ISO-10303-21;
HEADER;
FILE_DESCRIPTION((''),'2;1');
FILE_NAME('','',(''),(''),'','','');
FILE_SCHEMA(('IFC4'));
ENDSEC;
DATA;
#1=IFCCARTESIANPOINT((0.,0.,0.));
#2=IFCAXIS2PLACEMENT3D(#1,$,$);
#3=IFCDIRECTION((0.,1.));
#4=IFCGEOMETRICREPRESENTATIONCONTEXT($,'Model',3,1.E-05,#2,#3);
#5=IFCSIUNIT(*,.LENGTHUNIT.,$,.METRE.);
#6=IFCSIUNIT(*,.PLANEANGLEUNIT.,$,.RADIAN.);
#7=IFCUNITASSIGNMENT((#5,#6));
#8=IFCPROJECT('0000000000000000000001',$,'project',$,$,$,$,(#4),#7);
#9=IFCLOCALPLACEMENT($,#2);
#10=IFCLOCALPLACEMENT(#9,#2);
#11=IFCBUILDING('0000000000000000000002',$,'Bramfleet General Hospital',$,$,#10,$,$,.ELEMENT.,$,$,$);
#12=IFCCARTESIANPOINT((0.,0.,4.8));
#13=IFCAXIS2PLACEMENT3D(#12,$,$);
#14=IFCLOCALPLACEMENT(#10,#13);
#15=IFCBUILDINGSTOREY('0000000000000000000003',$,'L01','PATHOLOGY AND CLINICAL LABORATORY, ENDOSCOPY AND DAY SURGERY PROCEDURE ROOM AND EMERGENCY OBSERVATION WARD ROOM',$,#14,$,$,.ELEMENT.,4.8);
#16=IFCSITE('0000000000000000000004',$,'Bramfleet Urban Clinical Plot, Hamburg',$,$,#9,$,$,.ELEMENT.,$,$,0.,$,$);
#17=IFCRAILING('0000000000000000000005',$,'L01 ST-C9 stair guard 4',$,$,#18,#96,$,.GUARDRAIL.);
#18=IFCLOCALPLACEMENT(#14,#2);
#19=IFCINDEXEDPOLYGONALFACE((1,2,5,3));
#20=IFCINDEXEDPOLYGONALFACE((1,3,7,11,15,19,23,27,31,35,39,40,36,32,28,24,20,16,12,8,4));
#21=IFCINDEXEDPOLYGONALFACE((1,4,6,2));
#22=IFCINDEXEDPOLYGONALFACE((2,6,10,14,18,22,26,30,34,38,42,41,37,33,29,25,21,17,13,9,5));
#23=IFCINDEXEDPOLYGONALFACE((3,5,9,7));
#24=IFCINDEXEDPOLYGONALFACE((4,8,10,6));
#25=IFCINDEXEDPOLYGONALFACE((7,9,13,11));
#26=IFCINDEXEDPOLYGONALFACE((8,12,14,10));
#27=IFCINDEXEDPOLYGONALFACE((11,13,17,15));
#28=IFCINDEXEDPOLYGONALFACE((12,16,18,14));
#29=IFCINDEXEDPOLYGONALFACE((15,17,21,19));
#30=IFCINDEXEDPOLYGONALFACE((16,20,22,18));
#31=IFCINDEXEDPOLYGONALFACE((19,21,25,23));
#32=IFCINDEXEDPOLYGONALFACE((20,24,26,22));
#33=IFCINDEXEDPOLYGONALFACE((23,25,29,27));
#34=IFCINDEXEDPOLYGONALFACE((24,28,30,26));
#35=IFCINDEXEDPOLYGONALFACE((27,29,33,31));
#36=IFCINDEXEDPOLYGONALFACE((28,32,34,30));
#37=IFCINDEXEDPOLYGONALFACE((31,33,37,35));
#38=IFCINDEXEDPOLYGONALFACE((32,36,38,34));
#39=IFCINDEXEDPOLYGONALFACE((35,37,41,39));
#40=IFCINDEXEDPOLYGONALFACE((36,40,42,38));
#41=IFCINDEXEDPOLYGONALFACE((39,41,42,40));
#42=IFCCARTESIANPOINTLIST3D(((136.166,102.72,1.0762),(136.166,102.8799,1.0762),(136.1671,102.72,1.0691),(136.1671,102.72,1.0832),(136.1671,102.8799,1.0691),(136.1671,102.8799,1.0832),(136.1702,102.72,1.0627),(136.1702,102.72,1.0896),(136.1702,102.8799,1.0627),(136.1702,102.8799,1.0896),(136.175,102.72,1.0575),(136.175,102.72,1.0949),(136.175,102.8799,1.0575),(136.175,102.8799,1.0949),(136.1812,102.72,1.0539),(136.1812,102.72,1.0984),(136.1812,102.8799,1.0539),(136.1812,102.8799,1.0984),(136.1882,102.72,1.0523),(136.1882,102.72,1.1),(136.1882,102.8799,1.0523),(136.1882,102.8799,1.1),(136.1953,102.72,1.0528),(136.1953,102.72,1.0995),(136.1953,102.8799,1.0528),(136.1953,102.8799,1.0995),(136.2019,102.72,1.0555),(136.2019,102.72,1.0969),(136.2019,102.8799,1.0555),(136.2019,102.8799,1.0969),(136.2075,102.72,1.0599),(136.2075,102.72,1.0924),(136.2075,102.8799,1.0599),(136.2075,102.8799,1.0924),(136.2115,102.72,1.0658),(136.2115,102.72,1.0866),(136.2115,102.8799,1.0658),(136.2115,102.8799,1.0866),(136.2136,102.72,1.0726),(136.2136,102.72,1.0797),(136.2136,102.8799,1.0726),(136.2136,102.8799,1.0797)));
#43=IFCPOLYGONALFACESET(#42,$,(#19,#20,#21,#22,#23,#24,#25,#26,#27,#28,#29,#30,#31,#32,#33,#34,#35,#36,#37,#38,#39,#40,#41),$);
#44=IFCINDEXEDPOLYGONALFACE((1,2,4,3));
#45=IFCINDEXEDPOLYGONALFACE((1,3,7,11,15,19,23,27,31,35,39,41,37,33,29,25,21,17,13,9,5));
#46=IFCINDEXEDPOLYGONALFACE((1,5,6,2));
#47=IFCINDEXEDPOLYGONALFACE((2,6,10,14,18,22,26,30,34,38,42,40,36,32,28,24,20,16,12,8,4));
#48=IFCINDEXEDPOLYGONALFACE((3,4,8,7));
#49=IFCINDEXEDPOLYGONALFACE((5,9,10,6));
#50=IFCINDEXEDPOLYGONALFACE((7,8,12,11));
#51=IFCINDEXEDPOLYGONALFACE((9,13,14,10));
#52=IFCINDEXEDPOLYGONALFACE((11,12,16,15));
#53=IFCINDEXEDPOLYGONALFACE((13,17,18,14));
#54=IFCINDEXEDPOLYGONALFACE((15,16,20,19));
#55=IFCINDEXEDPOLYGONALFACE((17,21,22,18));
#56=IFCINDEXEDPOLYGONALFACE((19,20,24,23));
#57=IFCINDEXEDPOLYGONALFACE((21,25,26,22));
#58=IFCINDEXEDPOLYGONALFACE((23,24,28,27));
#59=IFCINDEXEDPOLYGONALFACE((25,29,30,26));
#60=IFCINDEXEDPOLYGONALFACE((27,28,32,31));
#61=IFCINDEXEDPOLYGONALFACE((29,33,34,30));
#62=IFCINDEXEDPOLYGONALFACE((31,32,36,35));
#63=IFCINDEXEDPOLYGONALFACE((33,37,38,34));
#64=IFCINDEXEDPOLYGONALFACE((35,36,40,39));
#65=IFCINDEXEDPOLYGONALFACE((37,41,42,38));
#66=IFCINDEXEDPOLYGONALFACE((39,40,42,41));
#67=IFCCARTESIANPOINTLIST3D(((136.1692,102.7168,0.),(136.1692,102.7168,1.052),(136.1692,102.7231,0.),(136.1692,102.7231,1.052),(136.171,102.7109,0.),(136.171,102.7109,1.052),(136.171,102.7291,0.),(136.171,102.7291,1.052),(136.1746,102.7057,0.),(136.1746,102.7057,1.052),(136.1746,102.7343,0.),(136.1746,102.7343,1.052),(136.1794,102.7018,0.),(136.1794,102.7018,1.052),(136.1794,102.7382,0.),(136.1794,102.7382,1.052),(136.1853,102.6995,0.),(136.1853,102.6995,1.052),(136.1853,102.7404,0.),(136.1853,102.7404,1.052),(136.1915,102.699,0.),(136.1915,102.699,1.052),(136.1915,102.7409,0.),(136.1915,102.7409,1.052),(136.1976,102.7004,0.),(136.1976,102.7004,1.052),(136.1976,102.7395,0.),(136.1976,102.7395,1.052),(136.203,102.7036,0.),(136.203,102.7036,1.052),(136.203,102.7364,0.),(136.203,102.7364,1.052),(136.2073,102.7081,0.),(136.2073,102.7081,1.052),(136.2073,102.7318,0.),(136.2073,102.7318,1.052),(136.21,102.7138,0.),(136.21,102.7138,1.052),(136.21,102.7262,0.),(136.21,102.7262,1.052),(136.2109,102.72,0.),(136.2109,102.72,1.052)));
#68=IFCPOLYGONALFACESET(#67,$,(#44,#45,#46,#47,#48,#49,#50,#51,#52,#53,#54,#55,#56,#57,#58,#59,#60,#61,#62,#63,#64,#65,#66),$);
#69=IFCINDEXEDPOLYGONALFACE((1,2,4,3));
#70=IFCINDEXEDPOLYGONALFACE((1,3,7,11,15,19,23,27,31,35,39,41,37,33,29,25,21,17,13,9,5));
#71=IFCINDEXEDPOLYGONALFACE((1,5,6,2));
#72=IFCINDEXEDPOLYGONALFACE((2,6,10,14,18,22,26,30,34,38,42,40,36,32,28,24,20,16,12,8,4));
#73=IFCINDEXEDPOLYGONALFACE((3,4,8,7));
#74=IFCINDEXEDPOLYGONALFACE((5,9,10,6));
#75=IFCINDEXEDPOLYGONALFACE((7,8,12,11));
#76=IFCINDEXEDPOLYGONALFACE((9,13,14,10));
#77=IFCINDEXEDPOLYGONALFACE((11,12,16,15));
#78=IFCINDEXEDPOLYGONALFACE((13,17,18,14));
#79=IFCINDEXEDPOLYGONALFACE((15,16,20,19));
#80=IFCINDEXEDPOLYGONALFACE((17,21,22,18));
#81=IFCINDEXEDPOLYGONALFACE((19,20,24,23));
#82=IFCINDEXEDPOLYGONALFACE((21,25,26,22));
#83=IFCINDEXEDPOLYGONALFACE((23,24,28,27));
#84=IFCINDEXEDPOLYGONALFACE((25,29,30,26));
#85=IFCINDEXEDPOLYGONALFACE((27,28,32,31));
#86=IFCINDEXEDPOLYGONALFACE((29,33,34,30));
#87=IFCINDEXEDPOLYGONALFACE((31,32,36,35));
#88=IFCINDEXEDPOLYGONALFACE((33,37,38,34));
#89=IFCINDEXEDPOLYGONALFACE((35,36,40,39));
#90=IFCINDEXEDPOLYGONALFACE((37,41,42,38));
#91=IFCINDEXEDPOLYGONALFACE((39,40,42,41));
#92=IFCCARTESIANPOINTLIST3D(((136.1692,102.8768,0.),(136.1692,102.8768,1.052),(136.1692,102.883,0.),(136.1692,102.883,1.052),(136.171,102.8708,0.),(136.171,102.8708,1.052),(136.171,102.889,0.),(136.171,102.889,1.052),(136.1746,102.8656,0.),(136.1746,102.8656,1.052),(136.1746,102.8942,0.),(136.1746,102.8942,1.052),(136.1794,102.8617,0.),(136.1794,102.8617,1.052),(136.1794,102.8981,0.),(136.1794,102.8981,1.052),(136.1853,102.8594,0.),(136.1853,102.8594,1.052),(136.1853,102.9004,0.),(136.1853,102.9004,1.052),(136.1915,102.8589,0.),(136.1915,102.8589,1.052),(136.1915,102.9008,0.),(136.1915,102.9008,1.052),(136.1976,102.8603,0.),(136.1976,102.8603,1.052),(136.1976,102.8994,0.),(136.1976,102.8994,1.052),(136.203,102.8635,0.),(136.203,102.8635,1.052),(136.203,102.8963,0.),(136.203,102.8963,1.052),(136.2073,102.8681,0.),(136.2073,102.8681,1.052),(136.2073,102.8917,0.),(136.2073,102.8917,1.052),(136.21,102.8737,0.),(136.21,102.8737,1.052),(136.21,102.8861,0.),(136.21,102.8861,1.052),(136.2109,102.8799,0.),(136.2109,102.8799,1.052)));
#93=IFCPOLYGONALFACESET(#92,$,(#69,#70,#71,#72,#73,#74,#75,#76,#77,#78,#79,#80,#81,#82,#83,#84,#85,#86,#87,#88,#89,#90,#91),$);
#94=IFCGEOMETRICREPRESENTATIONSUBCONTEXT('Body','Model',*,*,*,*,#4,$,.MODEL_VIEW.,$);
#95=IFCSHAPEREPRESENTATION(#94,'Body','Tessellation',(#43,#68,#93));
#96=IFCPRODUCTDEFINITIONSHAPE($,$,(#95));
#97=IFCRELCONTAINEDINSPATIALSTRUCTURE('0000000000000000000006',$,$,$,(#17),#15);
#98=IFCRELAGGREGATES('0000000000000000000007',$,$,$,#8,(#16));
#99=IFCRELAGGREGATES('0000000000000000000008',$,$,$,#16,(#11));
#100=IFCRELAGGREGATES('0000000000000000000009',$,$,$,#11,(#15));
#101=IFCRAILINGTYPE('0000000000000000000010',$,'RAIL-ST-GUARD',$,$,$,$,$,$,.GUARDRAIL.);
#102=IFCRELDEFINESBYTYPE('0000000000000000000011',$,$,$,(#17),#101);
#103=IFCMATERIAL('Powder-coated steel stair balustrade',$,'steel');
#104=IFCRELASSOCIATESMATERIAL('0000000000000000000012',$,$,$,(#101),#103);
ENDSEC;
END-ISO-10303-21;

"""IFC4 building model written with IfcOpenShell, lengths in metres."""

from ifc_helpers import new_model, si_unit, direction, frame, origin, origin_2d, place, context, subcontext, project, spatial, circle, extrude, material, type_object, element, save


model = new_model("IFC4")

# Units and contexts
model_context = context("Model", 3, precision=1e-05, world=origin(), true_north=direction((0.0, 1.0)))
body_context = subcontext(model_context, "Body", "Model", "MODEL_VIEW")
ifc_project = project(units=[si_unit("LENGTHUNIT", "METRE"), si_unit("PLANEANGLEUNIT", "RADIAN")], contexts=[model_context])

# Site, building, storey
site_placement = place(None, origin())
site = spatial("IfcSite", under=ifc_project, at=site_placement, Name="Bramfleet Urban Clinical Plot, Hamburg", CompositionType="ELEMENT", RefElevation=0.0)
building_placement = place(site_placement, origin())
building = spatial("IfcBuilding", under=site, at=building_placement, Name="Bramfleet General Hospital", CompositionType="ELEMENT")
storey_placement = place(building_placement, frame((0.0, 0.0, 4.8)))
storey = spatial("IfcBuildingStorey", under=building, at=storey_placement, Name="L01", Description="PATHOLOGY AND CLINICAL LABORATORY, ENDOSCOPY AND DAY SURGERY PROCEDURE ROOM AND EMERGENCY OBSERVATION WARD ROOM", CompositionType="ELEMENT", Elevation=4.8)

# Railing
ifc_material_1 = material(Name="Powder-coated steel stair balustrade", Category="steel")
railing_type = type_object("IfcRailingType", Name="RAIL-ST-GUARD", PredefinedType="GUARDRAIL", material=ifc_material_1)
railing_1_placement = place(storey_placement, frame((136.1899, 102.72, 0.0)))
element("IfcRailing", 1, at=railing_1_placement, inside=storey, type_object=railing_type, Name="L01 ST-C9 stair guard 4", PredefinedType="GUARDRAIL", context=body_context, shape_type="SweptSolid", body=[
    extrude(circle(Radius=0.0239, at=origin_2d()), frame((0.0, 0.0, 1.0762), z_axis=(0.0, 1.0, 0.0), x_axis=(-1.0, 0.0, 0.0)), (0.0, 0.0, 1.0), 0.1599),
    extrude(circle(Radius=0.021, at=origin_2d()), origin(), (0.0, 0.0, 1.0), 1.052),
    extrude(circle(Radius=0.021, at=origin_2d()), frame((0.0, 0.1599, 0.0)), (0.0, 0.0, 1.0), 1.052),
])

save(model, "model.ifc")
